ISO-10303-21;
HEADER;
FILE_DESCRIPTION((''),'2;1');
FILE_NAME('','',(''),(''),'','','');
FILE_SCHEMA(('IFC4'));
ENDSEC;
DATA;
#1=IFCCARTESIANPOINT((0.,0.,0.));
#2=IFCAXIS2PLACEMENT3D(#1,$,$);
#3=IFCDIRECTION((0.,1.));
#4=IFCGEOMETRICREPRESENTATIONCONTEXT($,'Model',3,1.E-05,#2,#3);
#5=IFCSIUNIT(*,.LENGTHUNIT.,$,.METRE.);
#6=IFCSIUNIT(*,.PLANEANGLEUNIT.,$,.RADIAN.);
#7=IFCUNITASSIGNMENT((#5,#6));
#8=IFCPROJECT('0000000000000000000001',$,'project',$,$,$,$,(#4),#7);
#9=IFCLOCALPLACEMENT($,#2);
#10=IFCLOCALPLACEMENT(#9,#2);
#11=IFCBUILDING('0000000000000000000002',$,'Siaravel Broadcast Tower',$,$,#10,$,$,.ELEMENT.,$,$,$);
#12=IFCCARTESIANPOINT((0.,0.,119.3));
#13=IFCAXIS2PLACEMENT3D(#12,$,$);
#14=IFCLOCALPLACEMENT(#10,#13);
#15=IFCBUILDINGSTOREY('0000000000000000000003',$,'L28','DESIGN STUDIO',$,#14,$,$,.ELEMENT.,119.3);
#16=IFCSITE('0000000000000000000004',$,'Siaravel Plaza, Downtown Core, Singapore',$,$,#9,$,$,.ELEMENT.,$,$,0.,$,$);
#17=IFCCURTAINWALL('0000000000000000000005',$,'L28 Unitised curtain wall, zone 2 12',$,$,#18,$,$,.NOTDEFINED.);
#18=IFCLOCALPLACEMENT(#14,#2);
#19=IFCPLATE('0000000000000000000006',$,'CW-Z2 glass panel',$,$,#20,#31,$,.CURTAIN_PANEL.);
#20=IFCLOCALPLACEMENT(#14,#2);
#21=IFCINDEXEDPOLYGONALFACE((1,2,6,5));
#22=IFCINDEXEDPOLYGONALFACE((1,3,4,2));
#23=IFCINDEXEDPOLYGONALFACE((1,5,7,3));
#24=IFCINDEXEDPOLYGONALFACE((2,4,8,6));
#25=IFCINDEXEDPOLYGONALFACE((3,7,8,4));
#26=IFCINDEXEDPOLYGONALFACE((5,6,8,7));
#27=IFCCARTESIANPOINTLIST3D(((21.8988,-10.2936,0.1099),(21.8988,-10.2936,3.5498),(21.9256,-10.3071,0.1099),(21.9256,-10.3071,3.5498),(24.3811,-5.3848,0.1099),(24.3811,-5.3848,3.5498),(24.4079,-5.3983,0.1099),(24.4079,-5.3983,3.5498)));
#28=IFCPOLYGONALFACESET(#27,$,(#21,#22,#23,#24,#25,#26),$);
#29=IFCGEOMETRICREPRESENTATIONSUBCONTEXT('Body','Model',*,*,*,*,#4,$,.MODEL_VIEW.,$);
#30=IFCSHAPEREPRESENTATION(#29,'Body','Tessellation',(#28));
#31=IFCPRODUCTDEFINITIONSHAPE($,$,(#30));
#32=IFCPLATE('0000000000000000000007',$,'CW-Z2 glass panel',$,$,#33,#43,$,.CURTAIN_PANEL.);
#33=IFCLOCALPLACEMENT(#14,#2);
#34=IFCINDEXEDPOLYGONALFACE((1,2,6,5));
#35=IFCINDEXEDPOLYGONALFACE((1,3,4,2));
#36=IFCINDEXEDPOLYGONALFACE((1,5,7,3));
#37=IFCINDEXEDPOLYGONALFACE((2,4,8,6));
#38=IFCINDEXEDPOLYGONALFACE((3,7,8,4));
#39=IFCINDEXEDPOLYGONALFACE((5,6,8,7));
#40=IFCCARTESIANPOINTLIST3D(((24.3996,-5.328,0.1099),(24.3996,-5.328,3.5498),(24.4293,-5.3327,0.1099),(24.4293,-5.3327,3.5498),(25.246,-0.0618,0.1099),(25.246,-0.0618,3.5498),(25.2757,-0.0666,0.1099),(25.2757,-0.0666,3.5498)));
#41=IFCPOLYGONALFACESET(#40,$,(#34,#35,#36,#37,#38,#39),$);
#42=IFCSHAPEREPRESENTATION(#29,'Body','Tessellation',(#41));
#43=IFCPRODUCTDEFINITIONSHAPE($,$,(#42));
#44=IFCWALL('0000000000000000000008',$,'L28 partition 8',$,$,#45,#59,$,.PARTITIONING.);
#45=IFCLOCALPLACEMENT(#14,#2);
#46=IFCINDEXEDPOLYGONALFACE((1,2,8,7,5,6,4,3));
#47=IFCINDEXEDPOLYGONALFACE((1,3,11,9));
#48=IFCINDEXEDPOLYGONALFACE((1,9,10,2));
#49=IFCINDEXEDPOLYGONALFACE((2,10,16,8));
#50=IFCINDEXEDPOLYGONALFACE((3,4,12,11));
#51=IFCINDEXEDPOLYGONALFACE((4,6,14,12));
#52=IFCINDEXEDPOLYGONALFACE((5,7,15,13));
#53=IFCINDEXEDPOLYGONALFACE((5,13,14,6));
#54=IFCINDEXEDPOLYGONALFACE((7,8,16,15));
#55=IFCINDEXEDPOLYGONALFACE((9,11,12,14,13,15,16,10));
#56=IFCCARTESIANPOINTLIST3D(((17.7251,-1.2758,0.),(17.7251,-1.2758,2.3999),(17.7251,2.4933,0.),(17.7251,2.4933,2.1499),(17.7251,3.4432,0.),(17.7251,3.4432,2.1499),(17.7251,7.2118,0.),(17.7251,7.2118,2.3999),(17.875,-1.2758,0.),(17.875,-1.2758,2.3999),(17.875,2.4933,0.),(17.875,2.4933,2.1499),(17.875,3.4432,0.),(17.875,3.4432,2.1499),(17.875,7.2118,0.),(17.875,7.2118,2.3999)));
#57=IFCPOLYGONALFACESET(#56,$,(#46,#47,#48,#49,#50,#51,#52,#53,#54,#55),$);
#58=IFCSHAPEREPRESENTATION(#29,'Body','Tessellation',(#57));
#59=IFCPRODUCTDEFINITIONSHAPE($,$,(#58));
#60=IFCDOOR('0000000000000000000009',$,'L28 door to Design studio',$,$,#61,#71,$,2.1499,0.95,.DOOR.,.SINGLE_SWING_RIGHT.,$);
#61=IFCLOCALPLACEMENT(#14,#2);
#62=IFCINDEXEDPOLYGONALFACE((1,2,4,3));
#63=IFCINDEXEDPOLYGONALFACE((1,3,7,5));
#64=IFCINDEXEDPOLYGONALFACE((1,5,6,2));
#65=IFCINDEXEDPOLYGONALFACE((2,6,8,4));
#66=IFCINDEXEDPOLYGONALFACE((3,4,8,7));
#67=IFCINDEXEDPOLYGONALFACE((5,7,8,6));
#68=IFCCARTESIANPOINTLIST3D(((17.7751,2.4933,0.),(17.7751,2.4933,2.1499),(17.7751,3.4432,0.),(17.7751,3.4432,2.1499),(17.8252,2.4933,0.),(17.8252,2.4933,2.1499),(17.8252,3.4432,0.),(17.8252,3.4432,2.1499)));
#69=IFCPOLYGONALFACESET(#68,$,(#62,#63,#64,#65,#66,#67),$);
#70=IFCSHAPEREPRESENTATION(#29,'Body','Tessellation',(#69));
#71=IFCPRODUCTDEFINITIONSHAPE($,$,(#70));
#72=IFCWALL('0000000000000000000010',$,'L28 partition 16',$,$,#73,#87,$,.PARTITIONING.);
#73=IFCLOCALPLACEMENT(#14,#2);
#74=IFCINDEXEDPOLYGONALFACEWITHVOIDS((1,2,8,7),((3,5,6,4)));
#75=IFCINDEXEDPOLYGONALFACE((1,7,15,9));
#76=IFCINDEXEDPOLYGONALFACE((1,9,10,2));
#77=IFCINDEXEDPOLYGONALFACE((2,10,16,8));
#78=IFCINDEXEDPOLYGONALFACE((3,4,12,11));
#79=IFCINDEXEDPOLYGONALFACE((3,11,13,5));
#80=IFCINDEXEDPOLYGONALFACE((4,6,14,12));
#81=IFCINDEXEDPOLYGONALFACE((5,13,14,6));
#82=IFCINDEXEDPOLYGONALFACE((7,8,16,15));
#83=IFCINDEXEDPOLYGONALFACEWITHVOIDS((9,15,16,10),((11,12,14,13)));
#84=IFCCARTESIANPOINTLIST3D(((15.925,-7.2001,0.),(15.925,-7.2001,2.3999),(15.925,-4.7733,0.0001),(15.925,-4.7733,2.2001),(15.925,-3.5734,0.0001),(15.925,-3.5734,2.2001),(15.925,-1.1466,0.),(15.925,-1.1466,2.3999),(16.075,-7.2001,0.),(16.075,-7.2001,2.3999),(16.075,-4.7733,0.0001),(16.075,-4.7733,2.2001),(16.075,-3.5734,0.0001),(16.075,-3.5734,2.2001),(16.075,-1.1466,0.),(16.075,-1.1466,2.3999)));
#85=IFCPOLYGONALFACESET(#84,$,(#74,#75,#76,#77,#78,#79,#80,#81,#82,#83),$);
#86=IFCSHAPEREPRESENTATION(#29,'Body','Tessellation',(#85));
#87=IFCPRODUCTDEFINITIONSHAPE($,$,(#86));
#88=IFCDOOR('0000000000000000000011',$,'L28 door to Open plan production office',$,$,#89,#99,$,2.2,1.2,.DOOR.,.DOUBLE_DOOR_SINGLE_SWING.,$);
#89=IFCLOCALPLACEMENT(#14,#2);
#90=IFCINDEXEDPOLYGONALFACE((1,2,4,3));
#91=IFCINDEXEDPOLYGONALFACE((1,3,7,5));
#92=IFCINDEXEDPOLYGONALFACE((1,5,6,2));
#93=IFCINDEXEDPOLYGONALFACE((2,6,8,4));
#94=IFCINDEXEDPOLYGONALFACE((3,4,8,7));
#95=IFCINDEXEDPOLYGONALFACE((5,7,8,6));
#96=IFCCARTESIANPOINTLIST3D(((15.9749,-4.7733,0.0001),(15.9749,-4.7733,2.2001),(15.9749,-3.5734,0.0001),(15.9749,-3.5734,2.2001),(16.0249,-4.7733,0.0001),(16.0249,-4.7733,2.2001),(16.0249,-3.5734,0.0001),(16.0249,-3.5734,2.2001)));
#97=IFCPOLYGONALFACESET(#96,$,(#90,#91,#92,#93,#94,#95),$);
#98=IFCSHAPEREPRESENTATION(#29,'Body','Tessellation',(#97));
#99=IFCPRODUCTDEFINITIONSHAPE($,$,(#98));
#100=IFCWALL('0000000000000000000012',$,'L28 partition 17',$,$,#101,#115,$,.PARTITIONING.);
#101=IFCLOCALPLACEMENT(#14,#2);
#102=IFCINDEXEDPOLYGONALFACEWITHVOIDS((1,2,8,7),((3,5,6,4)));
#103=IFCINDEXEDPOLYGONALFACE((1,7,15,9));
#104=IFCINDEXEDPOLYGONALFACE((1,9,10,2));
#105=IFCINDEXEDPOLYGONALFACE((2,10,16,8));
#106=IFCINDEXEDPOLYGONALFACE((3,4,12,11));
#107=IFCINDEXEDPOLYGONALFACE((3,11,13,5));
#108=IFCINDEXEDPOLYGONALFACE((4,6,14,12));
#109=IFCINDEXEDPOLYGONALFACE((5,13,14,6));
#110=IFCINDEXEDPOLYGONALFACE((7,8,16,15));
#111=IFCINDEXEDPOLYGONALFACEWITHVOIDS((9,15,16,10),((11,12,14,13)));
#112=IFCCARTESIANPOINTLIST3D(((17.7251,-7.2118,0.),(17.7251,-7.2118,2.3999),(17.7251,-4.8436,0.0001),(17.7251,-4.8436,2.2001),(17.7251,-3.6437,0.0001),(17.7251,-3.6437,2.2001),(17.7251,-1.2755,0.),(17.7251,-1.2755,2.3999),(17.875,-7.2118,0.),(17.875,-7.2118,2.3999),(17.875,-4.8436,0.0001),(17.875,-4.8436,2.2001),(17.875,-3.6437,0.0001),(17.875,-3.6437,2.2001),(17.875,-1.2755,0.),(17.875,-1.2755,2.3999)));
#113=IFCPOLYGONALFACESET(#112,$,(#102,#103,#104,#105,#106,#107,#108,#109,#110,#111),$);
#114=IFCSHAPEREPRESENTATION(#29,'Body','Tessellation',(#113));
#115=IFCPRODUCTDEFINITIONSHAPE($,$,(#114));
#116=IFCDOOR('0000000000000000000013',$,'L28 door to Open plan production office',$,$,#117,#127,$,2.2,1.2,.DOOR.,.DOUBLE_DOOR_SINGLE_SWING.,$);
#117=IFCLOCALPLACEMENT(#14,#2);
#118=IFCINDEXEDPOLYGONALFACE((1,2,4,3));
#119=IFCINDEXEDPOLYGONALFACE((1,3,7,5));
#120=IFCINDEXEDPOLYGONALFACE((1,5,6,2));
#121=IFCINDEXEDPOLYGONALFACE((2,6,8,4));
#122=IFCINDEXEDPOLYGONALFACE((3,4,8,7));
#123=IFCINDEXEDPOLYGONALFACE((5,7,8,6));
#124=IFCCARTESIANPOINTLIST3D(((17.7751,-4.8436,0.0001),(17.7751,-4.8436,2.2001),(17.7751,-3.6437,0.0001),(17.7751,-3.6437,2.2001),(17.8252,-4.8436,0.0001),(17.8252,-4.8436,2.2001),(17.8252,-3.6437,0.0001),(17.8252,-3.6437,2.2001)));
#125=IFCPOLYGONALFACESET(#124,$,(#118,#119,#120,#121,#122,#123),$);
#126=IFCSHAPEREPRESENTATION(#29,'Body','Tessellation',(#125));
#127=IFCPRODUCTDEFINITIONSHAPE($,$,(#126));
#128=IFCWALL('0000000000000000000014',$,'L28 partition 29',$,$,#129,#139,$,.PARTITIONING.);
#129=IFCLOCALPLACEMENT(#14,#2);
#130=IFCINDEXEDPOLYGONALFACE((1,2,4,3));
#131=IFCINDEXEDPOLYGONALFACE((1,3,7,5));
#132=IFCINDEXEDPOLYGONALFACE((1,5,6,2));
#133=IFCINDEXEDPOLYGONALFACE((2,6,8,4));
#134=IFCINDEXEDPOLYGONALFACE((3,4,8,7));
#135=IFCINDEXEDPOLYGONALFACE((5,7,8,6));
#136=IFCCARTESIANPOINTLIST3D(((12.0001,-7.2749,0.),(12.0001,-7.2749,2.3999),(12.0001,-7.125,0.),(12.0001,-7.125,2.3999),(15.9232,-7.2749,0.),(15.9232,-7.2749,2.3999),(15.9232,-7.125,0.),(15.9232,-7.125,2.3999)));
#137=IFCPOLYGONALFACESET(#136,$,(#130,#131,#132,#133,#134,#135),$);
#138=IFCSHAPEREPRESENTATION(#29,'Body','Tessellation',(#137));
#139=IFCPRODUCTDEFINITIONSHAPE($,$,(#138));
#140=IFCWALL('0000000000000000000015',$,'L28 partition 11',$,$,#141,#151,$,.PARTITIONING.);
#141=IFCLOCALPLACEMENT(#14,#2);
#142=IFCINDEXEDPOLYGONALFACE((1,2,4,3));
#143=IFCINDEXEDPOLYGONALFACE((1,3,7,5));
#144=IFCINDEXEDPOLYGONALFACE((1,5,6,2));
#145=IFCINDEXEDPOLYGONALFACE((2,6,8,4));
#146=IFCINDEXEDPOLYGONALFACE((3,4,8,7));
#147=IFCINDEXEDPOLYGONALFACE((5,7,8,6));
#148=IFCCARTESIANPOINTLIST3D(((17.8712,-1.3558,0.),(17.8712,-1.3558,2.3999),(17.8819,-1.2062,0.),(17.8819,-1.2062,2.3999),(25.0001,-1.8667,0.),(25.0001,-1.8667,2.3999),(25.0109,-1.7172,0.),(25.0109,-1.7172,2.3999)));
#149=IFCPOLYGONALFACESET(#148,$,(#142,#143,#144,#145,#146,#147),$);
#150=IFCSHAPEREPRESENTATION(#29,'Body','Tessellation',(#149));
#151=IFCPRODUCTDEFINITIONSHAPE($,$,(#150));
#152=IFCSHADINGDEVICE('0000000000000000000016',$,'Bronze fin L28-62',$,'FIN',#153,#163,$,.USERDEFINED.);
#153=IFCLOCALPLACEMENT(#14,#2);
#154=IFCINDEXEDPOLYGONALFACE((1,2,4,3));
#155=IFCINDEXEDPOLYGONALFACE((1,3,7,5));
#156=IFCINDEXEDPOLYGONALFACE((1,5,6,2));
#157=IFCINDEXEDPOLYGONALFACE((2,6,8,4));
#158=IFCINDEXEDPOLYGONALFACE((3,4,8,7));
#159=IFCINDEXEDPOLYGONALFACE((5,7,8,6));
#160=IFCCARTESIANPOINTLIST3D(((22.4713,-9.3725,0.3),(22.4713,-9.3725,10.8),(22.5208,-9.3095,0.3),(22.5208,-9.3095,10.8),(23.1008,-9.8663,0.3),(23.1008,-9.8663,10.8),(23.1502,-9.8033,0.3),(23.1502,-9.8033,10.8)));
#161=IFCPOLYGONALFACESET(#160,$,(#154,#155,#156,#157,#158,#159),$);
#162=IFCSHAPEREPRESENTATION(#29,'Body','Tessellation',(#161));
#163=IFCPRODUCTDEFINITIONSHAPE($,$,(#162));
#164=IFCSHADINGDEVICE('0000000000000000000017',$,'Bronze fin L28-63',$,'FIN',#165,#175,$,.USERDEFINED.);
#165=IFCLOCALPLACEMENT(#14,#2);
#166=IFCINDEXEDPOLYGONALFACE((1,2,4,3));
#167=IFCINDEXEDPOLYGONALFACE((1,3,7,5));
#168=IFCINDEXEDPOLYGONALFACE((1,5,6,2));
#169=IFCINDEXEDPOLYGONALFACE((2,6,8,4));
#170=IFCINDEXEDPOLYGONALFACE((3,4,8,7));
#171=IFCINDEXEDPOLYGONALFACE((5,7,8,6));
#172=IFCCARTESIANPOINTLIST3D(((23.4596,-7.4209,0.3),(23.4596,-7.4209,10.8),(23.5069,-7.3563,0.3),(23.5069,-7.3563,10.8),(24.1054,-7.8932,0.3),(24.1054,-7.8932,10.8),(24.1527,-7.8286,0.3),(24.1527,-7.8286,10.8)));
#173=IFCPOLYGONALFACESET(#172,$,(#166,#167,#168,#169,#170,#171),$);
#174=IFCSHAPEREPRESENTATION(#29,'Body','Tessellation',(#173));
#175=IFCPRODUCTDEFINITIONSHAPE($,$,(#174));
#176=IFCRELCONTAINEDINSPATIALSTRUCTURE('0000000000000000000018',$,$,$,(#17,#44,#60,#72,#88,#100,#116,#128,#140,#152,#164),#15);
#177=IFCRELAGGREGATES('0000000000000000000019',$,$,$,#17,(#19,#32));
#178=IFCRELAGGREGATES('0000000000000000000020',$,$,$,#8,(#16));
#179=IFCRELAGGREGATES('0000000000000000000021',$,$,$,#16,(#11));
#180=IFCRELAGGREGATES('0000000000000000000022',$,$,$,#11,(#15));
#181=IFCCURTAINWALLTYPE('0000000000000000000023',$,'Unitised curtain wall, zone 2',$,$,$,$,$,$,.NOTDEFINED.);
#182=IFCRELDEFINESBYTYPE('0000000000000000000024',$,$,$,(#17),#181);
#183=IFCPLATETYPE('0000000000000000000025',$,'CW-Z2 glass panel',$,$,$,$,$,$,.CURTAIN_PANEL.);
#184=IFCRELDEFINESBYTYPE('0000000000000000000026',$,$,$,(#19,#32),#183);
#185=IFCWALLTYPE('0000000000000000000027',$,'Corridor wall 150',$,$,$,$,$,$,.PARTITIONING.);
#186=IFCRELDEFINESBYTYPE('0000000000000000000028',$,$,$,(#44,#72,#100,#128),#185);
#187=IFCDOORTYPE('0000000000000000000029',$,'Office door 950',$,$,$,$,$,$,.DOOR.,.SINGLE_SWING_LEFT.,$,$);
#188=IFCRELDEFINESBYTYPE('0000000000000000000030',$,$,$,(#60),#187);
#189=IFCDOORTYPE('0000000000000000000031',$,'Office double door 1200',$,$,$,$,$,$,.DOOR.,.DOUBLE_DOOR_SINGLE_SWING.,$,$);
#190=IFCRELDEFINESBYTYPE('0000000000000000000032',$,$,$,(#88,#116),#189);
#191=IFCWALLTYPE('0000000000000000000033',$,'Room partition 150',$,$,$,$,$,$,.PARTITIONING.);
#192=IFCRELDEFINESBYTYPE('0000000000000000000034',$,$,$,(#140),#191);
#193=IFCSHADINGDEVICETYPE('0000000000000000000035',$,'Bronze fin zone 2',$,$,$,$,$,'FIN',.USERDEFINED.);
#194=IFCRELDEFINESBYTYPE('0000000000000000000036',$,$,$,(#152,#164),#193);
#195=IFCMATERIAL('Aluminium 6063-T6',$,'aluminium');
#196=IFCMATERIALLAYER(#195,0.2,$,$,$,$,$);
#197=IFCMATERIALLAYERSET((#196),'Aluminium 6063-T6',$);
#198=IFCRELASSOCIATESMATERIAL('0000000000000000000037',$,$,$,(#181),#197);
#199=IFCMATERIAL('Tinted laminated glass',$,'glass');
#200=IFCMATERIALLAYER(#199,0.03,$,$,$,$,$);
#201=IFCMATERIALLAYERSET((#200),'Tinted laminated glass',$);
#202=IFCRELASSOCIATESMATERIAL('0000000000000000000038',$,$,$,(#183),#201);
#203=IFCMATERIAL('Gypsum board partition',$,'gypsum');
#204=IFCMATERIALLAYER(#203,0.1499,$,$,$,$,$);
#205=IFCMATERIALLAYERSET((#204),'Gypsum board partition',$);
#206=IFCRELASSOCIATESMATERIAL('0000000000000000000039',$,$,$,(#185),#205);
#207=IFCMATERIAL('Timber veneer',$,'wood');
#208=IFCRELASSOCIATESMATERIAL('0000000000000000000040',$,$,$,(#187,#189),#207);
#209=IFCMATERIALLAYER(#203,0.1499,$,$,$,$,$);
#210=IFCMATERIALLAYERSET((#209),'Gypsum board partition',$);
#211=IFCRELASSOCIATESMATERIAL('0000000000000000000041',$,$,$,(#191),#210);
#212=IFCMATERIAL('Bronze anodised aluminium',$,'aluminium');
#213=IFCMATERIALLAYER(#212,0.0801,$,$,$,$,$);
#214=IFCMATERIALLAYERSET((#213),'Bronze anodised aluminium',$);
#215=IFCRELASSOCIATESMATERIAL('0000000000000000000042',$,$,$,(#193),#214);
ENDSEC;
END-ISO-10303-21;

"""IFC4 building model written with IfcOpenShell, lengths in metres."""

from ifc_helpers import new_model, si_unit, direction, frame, frame_2d, origin, origin_2d, place, context, subcontext, project, spatial, rectangle, extrude, material, layer, layer_set, type_object, element, fill, aggregate, save


model = new_model("IFC4")

# Units and contexts
model_context = context("Model", 3, precision=1e-05, world=origin(), true_north=direction((0.0, 1.0)))
body_context = subcontext(model_context, "Body", "Model", "MODEL_VIEW")
ifc_project = project(units=[si_unit("LENGTHUNIT", "METRE"), si_unit("PLANEANGLEUNIT", "RADIAN")], contexts=[model_context])

# Site, building, storey
site_placement = place(None, origin())
site = spatial("IfcSite", under=ifc_project, at=site_placement, Name="Siaravel Plaza, Downtown Core, Singapore", CompositionType="ELEMENT", RefElevation=0.0)
building_placement = place(site_placement, origin())
building = spatial("IfcBuilding", under=site, at=building_placement, Name="Siaravel Broadcast Tower", CompositionType="ELEMENT")
storey_placement = place(building_placement, frame((0.0, 0.0, 119.3)))
storey = spatial("IfcBuildingStorey", under=building, at=storey_placement, Name="L28", Description="DESIGN STUDIO", CompositionType="ELEMENT", Elevation=119.3)

# Curtain wall
ifc_material_1 = material(Name="Aluminium 6063-T6", Category="aluminium")
ifc_layer_1 = layer(ifc_material_1, 0.2)
ifc_layer_set_1 = layer_set([ifc_layer_1], Name="Aluminium 6063-T6")
curtain_wall_type = type_object("IfcCurtainWallType", Name="Unitised curtain wall, zone 2", PredefinedType="NOTDEFINED", material=ifc_layer_set_1)
curtain_wall_placement = place(storey_placement, origin())
curtain_wall = element("IfcCurtainWall", 1, at=curtain_wall_placement, inside=storey, type_object=curtain_wall_type, Name="L28 Unitised curtain wall, zone 2 12", PredefinedType="NOTDEFINED")

# Plates
ifc_material_2 = material(Name="Tinted laminated glass", Category="glass")
ifc_layer_2 = layer(ifc_material_2, 0.03)
ifc_layer_set_2 = layer_set([ifc_layer_2], Name="Tinted laminated glass")
plate_type = type_object("IfcPlateType", Name="CW-Z2 glass panel", PredefinedType="CURTAIN_PANEL", material=ifc_layer_set_2)
plate_1_placement = place(storey_placement, frame((23.1533, -7.8459, 0.1099), z_axis=(0.0, 0.0, 1.0), x_axis=(0.451261, 0.892392, 0.0)))
plate_1 = element("IfcPlate", 2, at=plate_1_placement, type_object=plate_type, Name="CW-Z2 glass panel", PredefinedType="CURTAIN_PANEL", context=body_context, shape_type="SweptSolid", body=[
    extrude(rectangle(XDim=5.5007, YDim=0.03, at=origin_2d()), origin(), (0.0, 0.0, 1.0), 3.4399),
])
plate_2_placement = place(storey_placement, frame((24.8376, -2.6973, 0.1099), z_axis=(0.0, 0.0, 1.0), x_axis=(0.158686, 0.987329, 0.0)))
plate_2 = element("IfcPlate", 3, at=plate_2_placement, type_object=plate_type, Name="CW-Z2 glass panel", PredefinedType="CURTAIN_PANEL", context=body_context, shape_type="SweptSolid", body=[
    extrude(rectangle(XDim=5.3337, YDim=0.03, at=origin_2d()), origin(), (0.0, 0.0, 1.0), 3.4399),
])
aggregate(curtain_wall, [plate_1, plate_2])

# Walls, openings, doors
ifc_material_3 = material(Name="Gypsum board partition", Category="gypsum")
ifc_layer_3 = layer(ifc_material_3, 0.1499)
ifc_layer_set_3 = layer_set([ifc_layer_3], Name="Gypsum board partition")
wall_type_1 = type_object("IfcWallType", Name="Corridor wall 150", PredefinedType="PARTITIONING", material=ifc_layer_set_3)
wall_1_placement = place(storey_placement, frame((17.8, -1.2756, 0.0), z_axis=(0.0, 0.0, 1.0), x_axis=(0.0, 1.0, 0.0)))
wall_1 = element("IfcWall", 4, at=wall_1_placement, inside=storey, type_object=wall_type_1, Name="L28 partition 8", PredefinedType="PARTITIONING", context=body_context, shape_type="SweptSolid", body=[
    extrude(rectangle(XDim=8.4875, YDim=0.1499, at=frame_2d((4.2437, 0.0))), origin(), (0.0, 0.0, 1.0), 2.3999),
])
opening_1_placement = place(wall_1_placement, frame((3.7688, 0.0, 0.0)))
opening_1 = element("IfcOpeningElement", 5, at=opening_1_placement, cuts=wall_1, PredefinedType="OPENING", context=body_context, shape_type="SweptSolid", body=[
    extrude(rectangle(XDim=0.95, YDim=2.1499, at=frame_2d((0.4751, 1.075))), frame((0.0, 0.085, 0.0), z_axis=(0.0, -1.0, 0.0), x_axis=(1.0, 0.0, 0.0)), (0.0, 0.0, 1.0), 0.1699),
])
ifc_material_4 = material(Name="Timber veneer", Category="wood")
door_type_1 = type_object("IfcDoorType", Name="Office door 950", OperationType="SINGLE_SWING_LEFT", PredefinedType="DOOR", material=ifc_material_4)
door_1_placement = place(opening_1_placement, origin())
door_1 = element("IfcDoor", 6, at=door_1_placement, inside=storey, type_object=door_type_1, Name="L28 door to Design studio", OperationType="SINGLE_SWING_RIGHT", OverallHeight=2.1499, OverallWidth=0.95, PredefinedType="DOOR", context=body_context, shape_type="SweptSolid", body=[
    extrude(rectangle(XDim=0.95, YDim=2.1499, at=frame_2d((0.4751, 1.075))), frame((0.0, 0.0249, 0.0), z_axis=(0.0, -1.0, 0.0), x_axis=(1.0, 0.0, 0.0)), (0.0, 0.0, 1.0), 0.05),
])
fill(opening_1, door_1)
wall_2_placement = place(storey_placement, frame((16.0, -1.1465, 0.0), z_axis=(0.0, 0.0, 1.0), x_axis=(0.0, -1.0, 0.0)))
wall_2 = element("IfcWall", 7, at=wall_2_placement, inside=storey, type_object=wall_type_1, Name="L28 partition 16", PredefinedType="PARTITIONING", context=body_context, shape_type="SweptSolid", body=[
    extrude(rectangle(XDim=6.0535, YDim=0.1499, at=frame_2d((3.0269, 0.0))), origin(), (0.0, 0.0, 1.0), 2.3999),
])
opening_2_placement = place(wall_2_placement, frame((2.4268, 0.0, 0.0)))
opening_2 = element("IfcOpeningElement", 8, at=opening_2_placement, cuts=wall_2, PredefinedType="OPENING", context=body_context, shape_type="SweptSolid", body=[
    extrude(rectangle(XDim=1.2, YDim=2.2, at=frame_2d((0.6001, 1.1001))), frame((0.0, 0.085, 0.0), z_axis=(0.0, -1.0, 0.0), x_axis=(1.0, 0.0, 0.0)), (0.0, 0.0, 1.0), 0.1699),
])
door_type_2 = type_object("IfcDoorType", Name="Office double door 1200", OperationType="DOUBLE_DOOR_SINGLE_SWING", PredefinedType="DOOR", material=ifc_material_4)
door_2_placement = place(opening_2_placement, origin())
door_2 = element("IfcDoor", 9, at=door_2_placement, inside=storey, type_object=door_type_2, Name="L28 door to Open plan production office", OperationType="DOUBLE_DOOR_SINGLE_SWING", OverallHeight=2.2, OverallWidth=1.2, PredefinedType="DOOR", context=body_context, shape_type="SweptSolid", body=[
    extrude(rectangle(XDim=1.2, YDim=2.2, at=frame_2d((0.6001, 1.1001))), frame((0.0, 0.0249, 0.0), z_axis=(0.0, -1.0, 0.0), x_axis=(1.0, 0.0, 0.0)), (0.0, 0.0, 1.0), 0.05),
])
fill(opening_2, door_2)
wall_3_placement = place(storey_placement, frame((17.8, -7.2119, 0.0), z_axis=(0.0, 0.0, 1.0), x_axis=(0.0, 1.0, 0.0)))
wall_3 = element("IfcWall", 10, at=wall_3_placement, inside=storey, type_object=wall_type_1, Name="L28 partition 17", PredefinedType="PARTITIONING", context=body_context, shape_type="SweptSolid", body=[
    extrude(rectangle(XDim=5.9363, YDim=0.1499, at=frame_2d((2.9683, 0.0))), origin(), (0.0, 0.0, 1.0), 2.3999),
])
opening_3_placement = place(wall_3_placement, frame((2.3682, 0.0, 0.0)))
opening_3 = element("IfcOpeningElement", 11, at=opening_3_placement, cuts=wall_3, PredefinedType="OPENING", context=body_context, shape_type="SweptSolid", body=[
    extrude(rectangle(XDim=1.2, YDim=2.2, at=frame_2d((0.6001, 1.1001))), frame((0.0, 0.085, 0.0), z_axis=(0.0, -1.0, 0.0), x_axis=(1.0, 0.0, 0.0)), (0.0, 0.0, 1.0), 0.1699),
])
door_3_placement = place(opening_3_placement, origin())
door_3 = element("IfcDoor", 12, at=door_3_placement, inside=storey, type_object=door_type_2, Name="L28 door to Open plan production office", OperationType="DOUBLE_DOOR_SINGLE_SWING", OverallHeight=2.2, OverallWidth=1.2, PredefinedType="DOOR", context=body_context, shape_type="SweptSolid", body=[
    extrude(rectangle(XDim=1.2, YDim=2.2, at=frame_2d((0.6001, 1.1001))), frame((0.0, 0.0249, 0.0), z_axis=(0.0, -1.0, 0.0), x_axis=(1.0, 0.0, 0.0)), (0.0, 0.0, 1.0), 0.05),
])
fill(opening_3, door_3)

# Walls
wall_4_placement = place(storey_placement, frame((15.9231, -7.2, 0.0), z_axis=(0.0, 0.0, 1.0), x_axis=(-1.0, 0.0, 0.0)))
element("IfcWall", 13, at=wall_4_placement, inside=storey, type_object=wall_type_1, Name="L28 partition 29", PredefinedType="PARTITIONING", context=body_context, shape_type="SweptSolid", body=[
    extrude(rectangle(XDim=3.9231, YDim=0.1499, at=frame_2d((1.9614, 0.0))), origin(), (0.0, 0.0, 1.0), 2.3999),
])
ifc_layer_4 = layer(ifc_material_3, 0.1499)
ifc_layer_set_4 = layer_set([ifc_layer_4], Name="Gypsum board partition")
wall_type_2 = type_object("IfcWallType", Name="Room partition 150", PredefinedType="PARTITIONING", material=ifc_layer_set_4)
wall_5_placement = place(storey_placement, frame((25.0056, -1.792, 0.0), z_axis=(0.0, 0.0, 1.0), x_axis=(-0.997441, 0.071495, 0.0)))
element("IfcWall", 14, at=wall_5_placement, inside=storey, type_object=wall_type_2, Name="L28 partition 11", PredefinedType="PARTITIONING", context=body_context, shape_type="SweptSolid", body=[
    extrude(rectangle(XDim=7.1472, YDim=0.1499, at=frame_2d((3.5737, 0.0))), origin(), (0.0, 0.0, 1.0), 2.3999),
])

# Shading devices
ifc_material_5 = material(Name="Bronze anodised aluminium", Category="aluminium")
ifc_layer_5 = layer(ifc_material_5, 0.0801)
ifc_layer_set_5 = layer_set([ifc_layer_5], Name="Bronze anodised aluminium")
shading_device_type = type_object("IfcShadingDeviceType", Name="Bronze fin zone 2", ElementType="FIN", PredefinedType="USERDEFINED", material=ifc_layer_set_5)
for number, where, z_axis, x_axis, name in (
    (15, (22.8108, -9.5879, 0.3), (0.0, 0.0, 1.0), (0.78681, -0.617195, 0.0), "Bronze fin L28-62"),
    (16, (23.8062, -7.6248, 0.3), (0.0, 0.0, 1.0), (0.807138, -0.590363, 0.0), "Bronze fin L28-63"),
):
    element("IfcShadingDevice", number, at=place(storey_placement, frame(where, z_axis=z_axis, x_axis=x_axis)), inside=storey, type_object=shading_device_type, Name=name, ObjectType="FIN", PredefinedType="USERDEFINED", context=body_context, shape_type="SweptSolid", body=[
        extrude(rectangle(XDim=0.8, YDim=0.0801, at=origin_2d()), origin(), (0.0, 0.0, 1.0), 10.5),
    ])

save(model, "model.ifc")
